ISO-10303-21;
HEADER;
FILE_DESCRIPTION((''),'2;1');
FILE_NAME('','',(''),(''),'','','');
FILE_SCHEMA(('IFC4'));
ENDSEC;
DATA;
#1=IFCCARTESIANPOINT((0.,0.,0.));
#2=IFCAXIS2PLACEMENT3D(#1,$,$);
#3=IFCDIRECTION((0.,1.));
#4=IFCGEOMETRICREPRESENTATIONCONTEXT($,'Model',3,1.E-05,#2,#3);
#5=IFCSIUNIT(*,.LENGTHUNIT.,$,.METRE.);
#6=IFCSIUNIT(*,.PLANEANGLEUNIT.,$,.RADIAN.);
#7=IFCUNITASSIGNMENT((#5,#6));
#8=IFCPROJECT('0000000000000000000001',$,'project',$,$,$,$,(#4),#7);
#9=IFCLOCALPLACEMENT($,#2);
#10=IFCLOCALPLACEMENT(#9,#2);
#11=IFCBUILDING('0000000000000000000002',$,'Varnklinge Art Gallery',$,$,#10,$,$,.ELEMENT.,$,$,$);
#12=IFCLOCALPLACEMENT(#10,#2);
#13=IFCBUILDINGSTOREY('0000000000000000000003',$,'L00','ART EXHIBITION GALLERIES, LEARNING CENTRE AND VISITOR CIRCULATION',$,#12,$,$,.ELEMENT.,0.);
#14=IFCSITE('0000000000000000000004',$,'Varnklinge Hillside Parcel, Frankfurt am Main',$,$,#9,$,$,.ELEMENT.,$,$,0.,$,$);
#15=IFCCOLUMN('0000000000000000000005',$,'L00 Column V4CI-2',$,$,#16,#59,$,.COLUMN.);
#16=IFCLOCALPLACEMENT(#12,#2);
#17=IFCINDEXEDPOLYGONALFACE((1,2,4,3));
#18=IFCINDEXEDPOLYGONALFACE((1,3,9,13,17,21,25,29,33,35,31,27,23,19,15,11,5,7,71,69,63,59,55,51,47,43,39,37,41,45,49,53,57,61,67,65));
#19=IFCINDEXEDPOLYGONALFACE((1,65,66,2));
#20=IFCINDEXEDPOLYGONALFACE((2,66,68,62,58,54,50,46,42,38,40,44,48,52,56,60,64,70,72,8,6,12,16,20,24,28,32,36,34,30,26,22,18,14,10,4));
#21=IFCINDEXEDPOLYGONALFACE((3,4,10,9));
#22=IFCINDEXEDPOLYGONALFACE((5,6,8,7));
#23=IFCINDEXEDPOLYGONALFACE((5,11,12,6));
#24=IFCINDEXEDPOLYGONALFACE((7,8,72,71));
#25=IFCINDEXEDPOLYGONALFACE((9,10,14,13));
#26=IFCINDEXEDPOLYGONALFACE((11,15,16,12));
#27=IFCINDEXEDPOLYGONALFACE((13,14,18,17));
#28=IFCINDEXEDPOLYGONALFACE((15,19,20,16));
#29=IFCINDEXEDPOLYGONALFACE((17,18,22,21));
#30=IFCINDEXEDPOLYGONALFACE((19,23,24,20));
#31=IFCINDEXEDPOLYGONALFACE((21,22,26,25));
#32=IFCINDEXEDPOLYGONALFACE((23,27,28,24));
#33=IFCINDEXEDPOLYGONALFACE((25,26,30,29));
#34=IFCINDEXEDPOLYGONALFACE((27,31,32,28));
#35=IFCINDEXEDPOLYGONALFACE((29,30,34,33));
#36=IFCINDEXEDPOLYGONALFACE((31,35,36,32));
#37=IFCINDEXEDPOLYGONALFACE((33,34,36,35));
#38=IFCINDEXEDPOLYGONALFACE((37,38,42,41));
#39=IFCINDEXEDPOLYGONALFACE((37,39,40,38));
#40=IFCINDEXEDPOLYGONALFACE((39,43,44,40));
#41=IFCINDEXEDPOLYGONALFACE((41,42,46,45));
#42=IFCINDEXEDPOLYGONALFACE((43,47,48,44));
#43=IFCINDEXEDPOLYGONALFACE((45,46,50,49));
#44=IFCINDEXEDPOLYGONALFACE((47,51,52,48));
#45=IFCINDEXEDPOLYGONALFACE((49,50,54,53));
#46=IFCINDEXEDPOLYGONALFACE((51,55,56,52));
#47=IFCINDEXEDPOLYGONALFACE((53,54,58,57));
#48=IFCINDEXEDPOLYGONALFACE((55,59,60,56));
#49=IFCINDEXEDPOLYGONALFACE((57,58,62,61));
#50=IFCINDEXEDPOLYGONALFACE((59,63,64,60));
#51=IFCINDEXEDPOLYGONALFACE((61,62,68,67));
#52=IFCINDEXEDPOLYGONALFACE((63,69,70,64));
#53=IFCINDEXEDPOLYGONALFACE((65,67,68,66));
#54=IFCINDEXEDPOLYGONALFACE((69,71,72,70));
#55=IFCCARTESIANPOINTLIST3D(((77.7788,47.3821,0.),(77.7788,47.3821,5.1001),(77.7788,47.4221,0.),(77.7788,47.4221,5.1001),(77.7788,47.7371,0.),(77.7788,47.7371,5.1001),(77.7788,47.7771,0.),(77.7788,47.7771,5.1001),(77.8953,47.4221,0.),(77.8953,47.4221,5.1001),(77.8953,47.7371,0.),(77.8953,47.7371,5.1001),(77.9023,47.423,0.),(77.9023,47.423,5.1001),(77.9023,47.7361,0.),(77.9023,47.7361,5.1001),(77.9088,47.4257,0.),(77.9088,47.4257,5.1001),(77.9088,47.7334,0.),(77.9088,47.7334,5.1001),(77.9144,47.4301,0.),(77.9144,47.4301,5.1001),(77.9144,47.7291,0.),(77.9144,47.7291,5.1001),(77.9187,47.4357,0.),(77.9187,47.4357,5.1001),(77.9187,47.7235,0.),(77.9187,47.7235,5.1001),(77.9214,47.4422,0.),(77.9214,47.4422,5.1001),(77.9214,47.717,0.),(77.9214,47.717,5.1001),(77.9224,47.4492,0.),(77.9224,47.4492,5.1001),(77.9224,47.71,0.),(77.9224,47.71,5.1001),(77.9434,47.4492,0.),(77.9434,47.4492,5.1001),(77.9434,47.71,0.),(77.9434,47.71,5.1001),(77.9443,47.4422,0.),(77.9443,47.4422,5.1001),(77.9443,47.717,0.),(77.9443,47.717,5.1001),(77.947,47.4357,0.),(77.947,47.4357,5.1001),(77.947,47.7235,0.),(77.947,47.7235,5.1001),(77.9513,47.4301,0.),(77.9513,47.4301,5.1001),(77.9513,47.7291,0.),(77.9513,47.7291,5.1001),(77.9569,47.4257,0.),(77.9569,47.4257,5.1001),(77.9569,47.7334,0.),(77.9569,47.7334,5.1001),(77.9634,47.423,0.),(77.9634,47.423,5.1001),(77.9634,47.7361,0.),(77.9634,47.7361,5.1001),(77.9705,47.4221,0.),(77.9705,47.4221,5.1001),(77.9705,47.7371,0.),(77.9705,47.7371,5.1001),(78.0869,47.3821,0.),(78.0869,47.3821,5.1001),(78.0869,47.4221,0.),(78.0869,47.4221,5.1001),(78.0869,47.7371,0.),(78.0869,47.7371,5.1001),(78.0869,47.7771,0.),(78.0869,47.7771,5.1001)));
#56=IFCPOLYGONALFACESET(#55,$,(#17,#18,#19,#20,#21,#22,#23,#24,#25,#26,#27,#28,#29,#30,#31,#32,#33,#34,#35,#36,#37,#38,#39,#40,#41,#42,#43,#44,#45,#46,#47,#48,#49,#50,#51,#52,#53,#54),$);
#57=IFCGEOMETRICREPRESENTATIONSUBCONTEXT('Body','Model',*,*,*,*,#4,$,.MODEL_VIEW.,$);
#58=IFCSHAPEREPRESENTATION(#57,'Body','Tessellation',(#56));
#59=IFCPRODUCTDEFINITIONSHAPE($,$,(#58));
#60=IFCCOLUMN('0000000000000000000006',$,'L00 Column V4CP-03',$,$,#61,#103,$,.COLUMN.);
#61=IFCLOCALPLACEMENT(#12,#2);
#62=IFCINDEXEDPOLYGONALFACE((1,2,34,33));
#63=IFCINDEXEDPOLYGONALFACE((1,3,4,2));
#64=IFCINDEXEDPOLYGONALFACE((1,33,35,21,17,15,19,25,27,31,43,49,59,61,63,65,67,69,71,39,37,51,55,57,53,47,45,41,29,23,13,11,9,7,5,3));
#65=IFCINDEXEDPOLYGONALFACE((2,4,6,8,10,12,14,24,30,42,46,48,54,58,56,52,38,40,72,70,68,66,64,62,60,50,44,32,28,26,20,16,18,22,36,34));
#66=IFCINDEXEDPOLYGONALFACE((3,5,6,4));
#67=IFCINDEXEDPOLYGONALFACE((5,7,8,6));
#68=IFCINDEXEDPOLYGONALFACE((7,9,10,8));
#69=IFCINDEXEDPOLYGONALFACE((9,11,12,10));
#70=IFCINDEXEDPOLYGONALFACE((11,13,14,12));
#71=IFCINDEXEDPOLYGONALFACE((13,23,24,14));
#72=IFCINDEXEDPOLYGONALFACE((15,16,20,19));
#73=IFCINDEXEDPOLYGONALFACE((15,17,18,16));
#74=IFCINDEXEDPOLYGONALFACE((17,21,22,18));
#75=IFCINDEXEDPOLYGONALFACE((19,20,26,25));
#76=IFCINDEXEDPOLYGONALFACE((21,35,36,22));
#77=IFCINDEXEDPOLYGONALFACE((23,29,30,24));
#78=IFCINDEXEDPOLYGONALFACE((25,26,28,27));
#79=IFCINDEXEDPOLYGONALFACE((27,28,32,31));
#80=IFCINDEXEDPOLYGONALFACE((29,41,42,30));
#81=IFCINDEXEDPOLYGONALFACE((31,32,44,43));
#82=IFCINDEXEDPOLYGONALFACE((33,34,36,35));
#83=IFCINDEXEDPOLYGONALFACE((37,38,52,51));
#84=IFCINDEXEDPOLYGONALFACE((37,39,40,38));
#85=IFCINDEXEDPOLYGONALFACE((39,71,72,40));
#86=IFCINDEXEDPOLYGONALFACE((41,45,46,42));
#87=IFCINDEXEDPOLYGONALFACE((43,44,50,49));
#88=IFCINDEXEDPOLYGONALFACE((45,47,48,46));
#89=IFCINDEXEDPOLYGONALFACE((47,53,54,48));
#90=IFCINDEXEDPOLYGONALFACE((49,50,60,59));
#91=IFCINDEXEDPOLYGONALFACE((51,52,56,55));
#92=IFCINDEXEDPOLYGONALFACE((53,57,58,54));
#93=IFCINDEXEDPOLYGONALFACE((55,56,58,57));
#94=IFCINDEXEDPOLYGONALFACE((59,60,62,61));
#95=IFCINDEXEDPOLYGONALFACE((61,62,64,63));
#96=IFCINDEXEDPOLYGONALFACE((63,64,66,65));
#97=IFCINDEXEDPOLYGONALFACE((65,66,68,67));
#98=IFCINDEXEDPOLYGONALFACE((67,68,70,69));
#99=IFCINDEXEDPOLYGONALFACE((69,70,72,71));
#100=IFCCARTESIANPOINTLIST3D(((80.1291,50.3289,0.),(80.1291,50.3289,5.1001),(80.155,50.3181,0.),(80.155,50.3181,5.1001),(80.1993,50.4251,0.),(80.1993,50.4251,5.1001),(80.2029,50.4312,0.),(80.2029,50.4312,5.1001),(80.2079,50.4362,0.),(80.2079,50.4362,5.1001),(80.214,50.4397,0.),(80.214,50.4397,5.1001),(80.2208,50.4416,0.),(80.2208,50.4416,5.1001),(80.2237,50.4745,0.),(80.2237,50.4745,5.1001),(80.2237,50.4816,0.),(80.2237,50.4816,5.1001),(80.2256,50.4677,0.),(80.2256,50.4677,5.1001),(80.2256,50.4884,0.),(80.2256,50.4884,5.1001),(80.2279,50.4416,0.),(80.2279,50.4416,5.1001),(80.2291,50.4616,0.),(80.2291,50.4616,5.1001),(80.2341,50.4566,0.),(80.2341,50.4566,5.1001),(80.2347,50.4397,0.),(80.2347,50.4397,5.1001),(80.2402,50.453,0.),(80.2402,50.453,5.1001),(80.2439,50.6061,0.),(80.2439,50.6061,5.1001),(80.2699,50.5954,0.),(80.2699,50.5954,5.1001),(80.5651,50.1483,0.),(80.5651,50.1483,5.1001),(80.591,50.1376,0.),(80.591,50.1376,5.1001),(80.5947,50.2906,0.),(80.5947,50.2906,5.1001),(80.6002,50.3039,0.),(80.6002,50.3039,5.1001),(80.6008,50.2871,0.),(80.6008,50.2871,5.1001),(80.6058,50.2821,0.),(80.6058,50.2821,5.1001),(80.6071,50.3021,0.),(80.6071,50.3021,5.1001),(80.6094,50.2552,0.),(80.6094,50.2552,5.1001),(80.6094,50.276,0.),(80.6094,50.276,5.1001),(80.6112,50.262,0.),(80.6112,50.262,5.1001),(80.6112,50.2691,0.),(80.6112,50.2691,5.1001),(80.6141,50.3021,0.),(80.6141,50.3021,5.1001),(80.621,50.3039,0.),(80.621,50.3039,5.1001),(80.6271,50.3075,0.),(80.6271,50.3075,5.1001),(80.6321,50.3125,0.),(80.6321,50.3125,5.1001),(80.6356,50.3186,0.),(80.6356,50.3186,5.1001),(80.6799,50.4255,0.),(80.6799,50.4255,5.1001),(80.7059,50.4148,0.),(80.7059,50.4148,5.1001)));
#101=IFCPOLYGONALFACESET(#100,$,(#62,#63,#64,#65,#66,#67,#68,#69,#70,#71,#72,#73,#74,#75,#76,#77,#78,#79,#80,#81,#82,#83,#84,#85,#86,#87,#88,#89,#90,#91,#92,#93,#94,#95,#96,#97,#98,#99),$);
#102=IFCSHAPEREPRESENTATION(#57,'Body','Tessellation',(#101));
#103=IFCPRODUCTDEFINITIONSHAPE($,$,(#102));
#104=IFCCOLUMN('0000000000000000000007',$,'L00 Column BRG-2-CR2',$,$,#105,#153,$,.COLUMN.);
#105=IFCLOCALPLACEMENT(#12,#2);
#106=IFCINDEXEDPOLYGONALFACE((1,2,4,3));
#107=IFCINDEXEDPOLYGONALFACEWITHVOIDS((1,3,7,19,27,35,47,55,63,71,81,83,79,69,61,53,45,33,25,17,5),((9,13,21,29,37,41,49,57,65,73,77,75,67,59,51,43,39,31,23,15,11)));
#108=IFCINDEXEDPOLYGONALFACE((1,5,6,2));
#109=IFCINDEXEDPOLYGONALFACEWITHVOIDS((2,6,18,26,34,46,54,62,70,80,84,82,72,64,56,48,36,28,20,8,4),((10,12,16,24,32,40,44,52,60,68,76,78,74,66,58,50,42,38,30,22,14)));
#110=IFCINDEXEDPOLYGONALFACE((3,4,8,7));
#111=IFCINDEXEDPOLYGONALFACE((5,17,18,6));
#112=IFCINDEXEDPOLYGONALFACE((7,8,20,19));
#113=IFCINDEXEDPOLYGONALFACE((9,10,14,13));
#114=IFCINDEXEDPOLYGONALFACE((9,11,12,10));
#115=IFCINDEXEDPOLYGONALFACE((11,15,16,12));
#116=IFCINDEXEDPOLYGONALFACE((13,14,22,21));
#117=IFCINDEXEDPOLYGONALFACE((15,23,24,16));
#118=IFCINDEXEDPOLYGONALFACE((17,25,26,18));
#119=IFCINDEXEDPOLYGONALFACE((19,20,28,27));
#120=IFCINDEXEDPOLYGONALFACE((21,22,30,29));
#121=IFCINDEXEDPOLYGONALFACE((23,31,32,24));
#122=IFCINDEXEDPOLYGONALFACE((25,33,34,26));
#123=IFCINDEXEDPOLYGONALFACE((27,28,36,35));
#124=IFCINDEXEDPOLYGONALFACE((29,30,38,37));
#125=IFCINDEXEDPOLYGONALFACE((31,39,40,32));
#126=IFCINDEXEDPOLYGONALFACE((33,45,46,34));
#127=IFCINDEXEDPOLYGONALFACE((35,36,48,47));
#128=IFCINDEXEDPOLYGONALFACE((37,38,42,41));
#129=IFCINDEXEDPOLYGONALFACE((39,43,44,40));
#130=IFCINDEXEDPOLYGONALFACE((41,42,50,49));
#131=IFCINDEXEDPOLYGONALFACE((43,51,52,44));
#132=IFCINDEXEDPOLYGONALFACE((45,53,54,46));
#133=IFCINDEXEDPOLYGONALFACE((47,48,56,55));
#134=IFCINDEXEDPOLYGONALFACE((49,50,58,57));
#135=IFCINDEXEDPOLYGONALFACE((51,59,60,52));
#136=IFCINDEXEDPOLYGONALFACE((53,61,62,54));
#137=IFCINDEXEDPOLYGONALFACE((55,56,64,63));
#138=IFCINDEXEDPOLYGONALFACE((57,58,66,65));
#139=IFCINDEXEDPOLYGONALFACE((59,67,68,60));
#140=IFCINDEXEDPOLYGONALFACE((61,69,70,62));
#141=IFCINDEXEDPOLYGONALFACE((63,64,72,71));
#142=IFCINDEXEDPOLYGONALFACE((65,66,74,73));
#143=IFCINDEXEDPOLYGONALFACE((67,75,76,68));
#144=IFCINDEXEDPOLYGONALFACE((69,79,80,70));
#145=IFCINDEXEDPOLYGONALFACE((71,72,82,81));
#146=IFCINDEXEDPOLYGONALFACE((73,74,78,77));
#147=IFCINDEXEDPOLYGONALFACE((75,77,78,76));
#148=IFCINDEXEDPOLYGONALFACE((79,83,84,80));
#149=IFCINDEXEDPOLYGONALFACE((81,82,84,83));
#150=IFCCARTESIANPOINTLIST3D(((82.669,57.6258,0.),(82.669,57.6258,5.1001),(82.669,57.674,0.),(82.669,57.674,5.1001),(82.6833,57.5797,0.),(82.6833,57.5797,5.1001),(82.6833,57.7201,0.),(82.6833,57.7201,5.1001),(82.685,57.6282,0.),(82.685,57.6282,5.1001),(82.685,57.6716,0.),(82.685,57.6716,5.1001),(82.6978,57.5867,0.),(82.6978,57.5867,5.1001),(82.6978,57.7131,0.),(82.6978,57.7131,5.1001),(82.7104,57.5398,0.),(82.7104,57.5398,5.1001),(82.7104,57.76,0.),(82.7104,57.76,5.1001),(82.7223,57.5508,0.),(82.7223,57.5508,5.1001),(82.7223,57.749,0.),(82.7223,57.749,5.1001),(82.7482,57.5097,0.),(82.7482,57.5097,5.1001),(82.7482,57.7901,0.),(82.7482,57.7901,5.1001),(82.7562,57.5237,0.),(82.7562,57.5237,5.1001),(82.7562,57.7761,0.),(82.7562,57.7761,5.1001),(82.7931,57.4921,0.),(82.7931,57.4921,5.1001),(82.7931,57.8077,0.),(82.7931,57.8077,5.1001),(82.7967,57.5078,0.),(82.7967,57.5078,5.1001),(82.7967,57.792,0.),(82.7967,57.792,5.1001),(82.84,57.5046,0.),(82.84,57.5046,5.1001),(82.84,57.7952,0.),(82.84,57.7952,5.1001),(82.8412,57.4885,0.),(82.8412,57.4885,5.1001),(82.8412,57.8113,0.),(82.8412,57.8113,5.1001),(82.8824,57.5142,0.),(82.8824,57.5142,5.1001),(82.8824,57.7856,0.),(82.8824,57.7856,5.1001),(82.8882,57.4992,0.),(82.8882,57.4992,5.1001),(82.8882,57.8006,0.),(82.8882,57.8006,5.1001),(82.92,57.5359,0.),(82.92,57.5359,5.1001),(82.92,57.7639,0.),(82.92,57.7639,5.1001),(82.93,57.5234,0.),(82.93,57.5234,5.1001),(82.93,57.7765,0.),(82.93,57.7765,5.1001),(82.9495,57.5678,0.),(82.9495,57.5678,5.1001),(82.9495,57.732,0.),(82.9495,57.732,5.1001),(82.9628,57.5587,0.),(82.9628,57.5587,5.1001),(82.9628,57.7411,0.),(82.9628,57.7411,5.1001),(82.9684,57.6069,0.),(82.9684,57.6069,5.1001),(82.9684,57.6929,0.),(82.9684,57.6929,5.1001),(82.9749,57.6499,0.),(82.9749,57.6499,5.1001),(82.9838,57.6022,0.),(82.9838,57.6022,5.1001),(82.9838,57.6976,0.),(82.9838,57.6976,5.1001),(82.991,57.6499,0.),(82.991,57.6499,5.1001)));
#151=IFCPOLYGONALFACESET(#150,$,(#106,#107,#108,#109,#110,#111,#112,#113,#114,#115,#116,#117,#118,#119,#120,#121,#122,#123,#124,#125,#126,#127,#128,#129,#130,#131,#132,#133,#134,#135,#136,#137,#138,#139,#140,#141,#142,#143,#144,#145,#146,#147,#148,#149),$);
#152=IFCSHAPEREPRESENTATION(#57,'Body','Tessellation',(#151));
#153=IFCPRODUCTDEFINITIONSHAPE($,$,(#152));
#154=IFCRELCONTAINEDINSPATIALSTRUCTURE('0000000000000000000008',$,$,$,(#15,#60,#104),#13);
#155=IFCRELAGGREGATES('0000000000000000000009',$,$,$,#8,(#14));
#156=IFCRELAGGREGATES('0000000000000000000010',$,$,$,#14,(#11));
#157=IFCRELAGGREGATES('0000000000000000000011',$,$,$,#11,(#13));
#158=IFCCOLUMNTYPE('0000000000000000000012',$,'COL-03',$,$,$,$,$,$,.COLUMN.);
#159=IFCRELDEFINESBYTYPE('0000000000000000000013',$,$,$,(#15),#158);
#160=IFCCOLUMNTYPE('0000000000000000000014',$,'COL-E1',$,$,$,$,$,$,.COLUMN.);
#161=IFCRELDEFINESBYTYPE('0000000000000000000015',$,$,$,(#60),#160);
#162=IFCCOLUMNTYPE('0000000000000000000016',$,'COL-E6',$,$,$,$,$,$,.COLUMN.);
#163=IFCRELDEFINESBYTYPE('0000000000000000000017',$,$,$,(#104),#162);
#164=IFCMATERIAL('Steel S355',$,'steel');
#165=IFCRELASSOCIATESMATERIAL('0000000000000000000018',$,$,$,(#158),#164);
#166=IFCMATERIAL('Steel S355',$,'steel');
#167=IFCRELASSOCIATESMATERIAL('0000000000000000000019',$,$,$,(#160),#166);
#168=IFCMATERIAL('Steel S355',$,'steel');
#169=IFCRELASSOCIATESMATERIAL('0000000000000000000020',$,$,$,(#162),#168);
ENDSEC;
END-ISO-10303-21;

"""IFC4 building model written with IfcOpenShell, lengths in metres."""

from ifc_helpers import new_model, si_unit, direction, frame, origin, origin_2d, place, context, subcontext, project, spatial, hollow_circle, i_section, extrude, material, material_profile, profile_set, type_object, element, save


model = new_model("IFC4")

# Units and contexts
model_context = context("Model", 3, precision=1e-05, world=origin(), true_north=direction((0.0, 1.0)))
body_context = subcontext(model_context, "Body", "Model", "MODEL_VIEW")
ifc_project = project(units=[si_unit("LENGTHUNIT", "METRE"), si_unit("PLANEANGLEUNIT", "RADIAN")], contexts=[model_context])

# Site, building, storey
site_placement = place(None, origin())
site = spatial("IfcSite", under=ifc_project, at=site_placement, Name="Varnklinge Hillside Parcel, Frankfurt am Main", CompositionType="ELEMENT", RefElevation=0.0)
building_placement = place(site_placement, origin())
building = spatial("IfcBuilding", under=site, at=building_placement, Name="Varnklinge Art Gallery", CompositionType="ELEMENT")
storey_placement = place(building_placement, origin())
storey = spatial("IfcBuildingStorey", under=building, at=storey_placement, Name="L00", Description="ART EXHIBITION GALLERIES, LEARNING CENTRE AND VISITOR CIRCULATION", CompositionType="ELEMENT", Elevation=0.0)

# Columns
ifc_material_1 = material(Name="Steel S355", Category="steel")
ifc_material_profile_1 = material_profile(ifc_material_1, i_section(OverallWidth=0.3081, OverallDepth=0.395, WebThickness=0.021, FlangeThickness=0.04, FilletRadius=0.0271, at=origin_2d()), Name="HEM 360")
ifc_profile_set_1 = profile_set([ifc_material_profile_1], Name="Steel S355")
column_type_1 = type_object("IfcColumnType", Name="COL-03", PredefinedType="COLUMN", material=ifc_profile_set_1)
column_1_placement = place(storey_placement, frame((77.9329, 47.5796, 0.0), z_axis=(0.0, 0.0, 1.0), x_axis=(1.0, 0.0, 0.0)))
element("IfcColumn", 1, at=column_1_placement, inside=storey, type_object=column_type_1, Name="L00 Column V4CI-2", PredefinedType="COLUMN", context=body_context, shape_type="SweptSolid", body=[
    extrude(i_section(OverallWidth=0.3081, OverallDepth=0.395, WebThickness=0.021, FlangeThickness=0.04, FilletRadius=0.0271, at=origin_2d()), origin(), (0.0, 0.0, 1.0), 5.1001),
])
ifc_material_2 = material(Name="Steel S355", Category="steel")
ifc_material_profile_2 = material_profile(ifc_material_2, i_section(OverallWidth=0.3, OverallDepth=0.5, WebThickness=0.0144, FlangeThickness=0.0281, FilletRadius=0.0271, at=origin_2d()), Name="HEB 500")
ifc_profile_set_2 = profile_set([ifc_material_profile_2], Name="Steel S355")
column_type_2 = type_object("IfcColumnType", Name="COL-E1", PredefinedType="COLUMN", material=ifc_profile_set_2)
column_2_placement = place(storey_placement, frame((80.4175, 50.3718, 0.0), z_axis=(0.0, 0.0, 1.0), x_axis=(0.382683, 0.92388, 0.0)))
element("IfcColumn", 2, at=column_2_placement, inside=storey, type_object=column_type_2, Name="L00 Column V4CP-03", PredefinedType="COLUMN", context=body_context, shape_type="SweptSolid", body=[
    extrude(i_section(OverallWidth=0.3, OverallDepth=0.5, WebThickness=0.0144, FlangeThickness=0.0281, FilletRadius=0.0271, at=origin_2d()), origin(), (0.0, 0.0, 1.0), 5.1001),
])
ifc_material_3 = material(Name="Steel S355", Category="steel")
ifc_material_profile_3 = material_profile(ifc_material_3, hollow_circle(Radius=0.1619, WallThickness=0.0161, at=origin_2d()), Name="CHS 323.9x16")
ifc_profile_set_3 = profile_set([ifc_material_profile_3], Name="Steel S355")
column_type_3 = type_object("IfcColumnType", Name="COL-E6", PredefinedType="COLUMN", material=ifc_profile_set_3)
column_3_placement = place(storey_placement, frame((82.8291, 57.6499, 0.0), z_axis=(0.0, 0.0, 1.0), x_axis=(1.0, 0.0, 0.0)))
element("IfcColumn", 3, at=column_3_placement, inside=storey, type_object=column_type_3, Name="L00 Column BRG-2-CR2", PredefinedType="COLUMN", context=body_context, shape_type="SweptSolid", body=[
    extrude(hollow_circle(Radius=0.1619, WallThickness=0.0161, at=origin_2d()), origin(), (0.0, 0.0, 1.0), 5.1001),
])

save(model, "model.ifc")
